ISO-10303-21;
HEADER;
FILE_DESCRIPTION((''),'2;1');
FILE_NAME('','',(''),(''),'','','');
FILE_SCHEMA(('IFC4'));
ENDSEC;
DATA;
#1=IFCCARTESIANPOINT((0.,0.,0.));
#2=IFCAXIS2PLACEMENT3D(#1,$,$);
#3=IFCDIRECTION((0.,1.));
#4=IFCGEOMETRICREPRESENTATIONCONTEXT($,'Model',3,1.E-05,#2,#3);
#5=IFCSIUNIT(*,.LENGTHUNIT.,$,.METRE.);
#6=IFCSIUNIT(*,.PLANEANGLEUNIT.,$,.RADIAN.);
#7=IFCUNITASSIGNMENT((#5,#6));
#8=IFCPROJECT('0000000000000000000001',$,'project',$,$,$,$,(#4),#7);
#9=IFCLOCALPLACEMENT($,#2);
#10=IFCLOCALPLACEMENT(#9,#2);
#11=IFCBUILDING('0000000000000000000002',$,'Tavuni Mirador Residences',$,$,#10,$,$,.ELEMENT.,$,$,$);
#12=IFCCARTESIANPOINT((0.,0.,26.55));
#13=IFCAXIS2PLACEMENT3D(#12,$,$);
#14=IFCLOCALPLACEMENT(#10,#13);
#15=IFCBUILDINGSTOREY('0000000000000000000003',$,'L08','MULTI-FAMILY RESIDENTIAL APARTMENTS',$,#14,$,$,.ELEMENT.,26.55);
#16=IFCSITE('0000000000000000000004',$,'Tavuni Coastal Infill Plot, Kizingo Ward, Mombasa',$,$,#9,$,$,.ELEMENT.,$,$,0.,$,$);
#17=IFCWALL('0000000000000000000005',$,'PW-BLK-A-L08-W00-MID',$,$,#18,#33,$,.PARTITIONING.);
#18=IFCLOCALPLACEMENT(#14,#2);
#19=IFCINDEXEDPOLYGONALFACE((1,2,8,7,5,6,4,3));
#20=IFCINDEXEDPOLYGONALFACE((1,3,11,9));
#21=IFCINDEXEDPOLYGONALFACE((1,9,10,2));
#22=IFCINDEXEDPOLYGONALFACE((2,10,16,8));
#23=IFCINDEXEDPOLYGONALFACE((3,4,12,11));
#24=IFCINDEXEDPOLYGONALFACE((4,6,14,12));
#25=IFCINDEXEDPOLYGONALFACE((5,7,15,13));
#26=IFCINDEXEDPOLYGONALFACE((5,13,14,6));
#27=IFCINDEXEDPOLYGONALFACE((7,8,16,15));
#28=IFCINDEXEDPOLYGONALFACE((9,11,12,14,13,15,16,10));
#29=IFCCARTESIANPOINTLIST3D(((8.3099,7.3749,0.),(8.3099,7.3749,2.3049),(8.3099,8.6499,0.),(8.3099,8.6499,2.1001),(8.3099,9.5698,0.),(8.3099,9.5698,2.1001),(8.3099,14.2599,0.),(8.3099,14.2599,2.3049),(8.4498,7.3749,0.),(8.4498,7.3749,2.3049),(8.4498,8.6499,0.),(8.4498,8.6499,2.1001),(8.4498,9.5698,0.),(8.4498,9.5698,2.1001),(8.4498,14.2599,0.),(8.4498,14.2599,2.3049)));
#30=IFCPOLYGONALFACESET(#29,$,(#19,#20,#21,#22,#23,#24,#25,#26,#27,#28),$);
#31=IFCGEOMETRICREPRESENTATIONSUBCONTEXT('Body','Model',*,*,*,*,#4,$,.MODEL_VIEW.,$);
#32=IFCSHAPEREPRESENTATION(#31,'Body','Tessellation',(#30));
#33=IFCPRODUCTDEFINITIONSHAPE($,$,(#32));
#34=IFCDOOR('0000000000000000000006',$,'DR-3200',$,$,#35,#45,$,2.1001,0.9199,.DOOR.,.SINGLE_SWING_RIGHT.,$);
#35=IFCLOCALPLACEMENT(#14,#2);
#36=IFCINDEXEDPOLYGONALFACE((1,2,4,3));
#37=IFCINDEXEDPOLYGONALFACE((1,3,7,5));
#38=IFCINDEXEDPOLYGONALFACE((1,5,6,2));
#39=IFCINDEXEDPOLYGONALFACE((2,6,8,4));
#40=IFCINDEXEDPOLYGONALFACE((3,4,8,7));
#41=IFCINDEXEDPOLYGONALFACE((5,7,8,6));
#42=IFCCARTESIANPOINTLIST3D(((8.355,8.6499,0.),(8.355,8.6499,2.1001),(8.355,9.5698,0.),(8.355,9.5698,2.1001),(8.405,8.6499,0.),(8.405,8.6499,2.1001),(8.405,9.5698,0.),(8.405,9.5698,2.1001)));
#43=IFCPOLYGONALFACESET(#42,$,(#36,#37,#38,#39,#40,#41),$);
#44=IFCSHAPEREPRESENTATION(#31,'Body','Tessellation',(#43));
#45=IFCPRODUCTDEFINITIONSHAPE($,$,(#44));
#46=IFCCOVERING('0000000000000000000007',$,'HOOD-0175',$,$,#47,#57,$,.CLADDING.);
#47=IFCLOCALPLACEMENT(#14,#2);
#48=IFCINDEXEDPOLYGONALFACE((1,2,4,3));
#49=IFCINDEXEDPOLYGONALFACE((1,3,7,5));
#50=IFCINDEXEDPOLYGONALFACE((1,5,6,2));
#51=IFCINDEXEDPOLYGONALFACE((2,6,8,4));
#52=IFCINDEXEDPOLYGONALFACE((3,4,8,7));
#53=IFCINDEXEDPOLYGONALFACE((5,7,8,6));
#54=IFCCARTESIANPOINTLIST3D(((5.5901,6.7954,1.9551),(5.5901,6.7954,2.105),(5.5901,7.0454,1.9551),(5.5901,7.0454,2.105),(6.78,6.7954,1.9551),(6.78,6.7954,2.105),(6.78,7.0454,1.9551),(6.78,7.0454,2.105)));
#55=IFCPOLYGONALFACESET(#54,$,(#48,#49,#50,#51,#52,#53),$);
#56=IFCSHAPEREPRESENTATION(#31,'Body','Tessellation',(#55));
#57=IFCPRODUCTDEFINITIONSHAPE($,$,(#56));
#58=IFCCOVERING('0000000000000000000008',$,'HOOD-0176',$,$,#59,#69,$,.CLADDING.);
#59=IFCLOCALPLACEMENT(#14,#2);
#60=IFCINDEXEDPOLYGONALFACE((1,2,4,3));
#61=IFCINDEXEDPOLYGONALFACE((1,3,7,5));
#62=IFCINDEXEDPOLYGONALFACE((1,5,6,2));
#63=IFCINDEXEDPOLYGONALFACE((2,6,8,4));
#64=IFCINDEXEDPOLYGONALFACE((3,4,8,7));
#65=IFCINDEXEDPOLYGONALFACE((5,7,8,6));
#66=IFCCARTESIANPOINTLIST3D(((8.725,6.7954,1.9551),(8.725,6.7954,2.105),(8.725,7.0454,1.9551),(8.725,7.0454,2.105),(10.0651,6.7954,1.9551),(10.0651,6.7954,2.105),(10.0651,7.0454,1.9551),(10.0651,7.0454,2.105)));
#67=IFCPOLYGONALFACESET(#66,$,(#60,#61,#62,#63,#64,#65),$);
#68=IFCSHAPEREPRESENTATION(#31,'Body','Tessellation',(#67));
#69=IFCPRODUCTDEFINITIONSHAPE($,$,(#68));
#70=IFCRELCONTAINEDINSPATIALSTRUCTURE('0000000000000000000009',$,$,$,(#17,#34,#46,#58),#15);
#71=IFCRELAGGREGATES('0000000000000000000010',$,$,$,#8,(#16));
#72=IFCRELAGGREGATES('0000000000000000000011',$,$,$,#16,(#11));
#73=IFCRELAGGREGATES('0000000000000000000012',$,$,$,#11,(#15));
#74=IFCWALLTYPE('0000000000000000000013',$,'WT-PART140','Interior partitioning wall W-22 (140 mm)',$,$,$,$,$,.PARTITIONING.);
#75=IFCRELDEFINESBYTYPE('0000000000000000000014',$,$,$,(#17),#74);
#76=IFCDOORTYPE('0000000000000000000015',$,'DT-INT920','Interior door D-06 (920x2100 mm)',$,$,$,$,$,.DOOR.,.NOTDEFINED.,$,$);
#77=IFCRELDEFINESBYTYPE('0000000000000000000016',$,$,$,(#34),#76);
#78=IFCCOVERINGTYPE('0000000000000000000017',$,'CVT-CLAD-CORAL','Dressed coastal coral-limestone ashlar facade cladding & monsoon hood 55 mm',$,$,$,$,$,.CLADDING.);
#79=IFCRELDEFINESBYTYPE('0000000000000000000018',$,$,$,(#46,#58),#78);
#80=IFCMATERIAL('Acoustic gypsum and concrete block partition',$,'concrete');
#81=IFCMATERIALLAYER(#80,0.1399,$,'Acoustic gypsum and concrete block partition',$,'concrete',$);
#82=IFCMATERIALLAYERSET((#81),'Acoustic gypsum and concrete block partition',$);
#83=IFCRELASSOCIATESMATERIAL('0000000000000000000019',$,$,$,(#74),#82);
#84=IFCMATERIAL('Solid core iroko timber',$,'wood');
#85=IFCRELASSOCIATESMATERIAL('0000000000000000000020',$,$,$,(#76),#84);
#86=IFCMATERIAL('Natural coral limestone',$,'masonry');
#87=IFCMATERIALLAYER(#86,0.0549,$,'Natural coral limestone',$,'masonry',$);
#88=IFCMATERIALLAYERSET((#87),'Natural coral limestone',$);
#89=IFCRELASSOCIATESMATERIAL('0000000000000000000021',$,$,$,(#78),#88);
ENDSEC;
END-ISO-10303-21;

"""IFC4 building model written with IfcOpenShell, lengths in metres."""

from ifc_helpers import new_model, si_unit, direction, frame, frame_2d, origin, origin_2d, place, context, subcontext, project, spatial, rectangle, extrude, material, layer, layer_set, type_object, element, fill, save


model = new_model("IFC4")

# Units and contexts
model_context = context("Model", 3, precision=1e-05, world=origin(), true_north=direction((0.0, 1.0)))
body_context = subcontext(model_context, "Body", "Model", "MODEL_VIEW")
ifc_project = project(units=[si_unit("LENGTHUNIT", "METRE"), si_unit("PLANEANGLEUNIT", "RADIAN")], contexts=[model_context])

# Site, building, storey
site_placement = place(None, origin())
site = spatial("IfcSite", under=ifc_project, at=site_placement, Name="Tavuni Coastal Infill Plot, Kizingo Ward, Mombasa", CompositionType="ELEMENT", RefElevation=0.0)
building_placement = place(site_placement, origin())
building = spatial("IfcBuilding", under=site, at=building_placement, Name="Tavuni Mirador Residences", CompositionType="ELEMENT")
storey_placement = place(building_placement, frame((0.0, 0.0, 26.55)))
storey = spatial("IfcBuildingStorey", under=building, at=storey_placement, Name="L08", Description="MULTI-FAMILY RESIDENTIAL APARTMENTS", CompositionType="ELEMENT", Elevation=26.55)

# Shared definitions
ifc_material_1 = material(Name="Acoustic gypsum and concrete block partition", Category="concrete")
ifc_material_2 = material(Name="Solid core iroko timber", Category="wood")

# Wall, opening, door
ifc_layer_1 = layer(ifc_material_1, 0.1399, Name="Acoustic gypsum and concrete block partition", Category="concrete")
ifc_layer_set_1 = layer_set([ifc_layer_1], Name="Acoustic gypsum and concrete block partition")
wall_type_1 = type_object("IfcWallType", Name="WT-PART140", Description="Interior partitioning wall W-22 (140 mm)", PredefinedType="PARTITIONING", material=ifc_layer_set_1)
wall_1_placement = place(storey_placement, frame((8.3799, 7.375, 0.0), z_axis=(0.0, 0.0, 1.0), x_axis=(0.0, 1.0, 0.0)))
wall_1 = element("IfcWall", 1, at=wall_1_placement, inside=storey, type_object=wall_type_1, Name="PW-BLK-A-L08-W00-MID", PredefinedType="PARTITIONING", context=body_context, shape_type="SweptSolid", body=[
    extrude(rectangle(XDim=6.885, YDim=0.1399, at=frame_2d((3.4424, 0.0))), origin(), (0.0, 0.0, 1.0), 2.3049),
])
opening_1_placement = place(wall_1_placement, frame((1.2749, 0.0, 0.0)))
opening_1 = element("IfcOpeningElement", 2, at=opening_1_placement, cuts=wall_1, PredefinedType="OPENING", context=body_context, shape_type="SweptSolid", body=[
    extrude(rectangle(XDim=0.9199, YDim=2.1001, at=frame_2d((0.46, 1.05))), frame((0.0, 0.0801, 0.0), z_axis=(0.0, -1.0, 0.0), x_axis=(1.0, 0.0, 0.0)), (0.0, 0.0, 1.0), 0.1599),
])
door_type_1 = type_object("IfcDoorType", Name="DT-INT920", Description="Interior door D-06 (920x2100 mm)", OperationType="NOTDEFINED", PredefinedType="DOOR", material=ifc_material_2)
door_1_placement = place(opening_1_placement, origin())
door_1 = element("IfcDoor", 3, at=door_1_placement, inside=storey, type_object=door_type_1, Name="DR-3200", OperationType="SINGLE_SWING_RIGHT", OverallHeight=2.1001, OverallWidth=0.9199, PredefinedType="DOOR", context=body_context, shape_type="SweptSolid", body=[
    extrude(rectangle(XDim=0.9199, YDim=2.1001, at=frame_2d((0.46, 1.05))), frame((0.0, 0.0249, 0.0), z_axis=(0.0, -1.0, 0.0), x_axis=(1.0, 0.0, 0.0)), (0.0, 0.0, 1.0), 0.05),
])
fill(opening_1, door_1)

# Coverings
ifc_material_3 = material(Name="Natural coral limestone", Category="masonry")
ifc_layer_2 = layer(ifc_material_3, 0.0549, Name="Natural coral limestone", Category="masonry")
ifc_layer_set_2 = layer_set([ifc_layer_2], Name="Natural coral limestone")
covering_type = type_object("IfcCoveringType", Name="CVT-CLAD-CORAL", Description="Dressed coastal coral-limestone ashlar facade cladding & monsoon hood 55 mm", PredefinedType="CLADDING", material=ifc_layer_set_2)
covering_1_placement = place(storey_placement, frame((6.1851, 6.9204, 1.9551), z_axis=(0.0, 0.0, 1.0), x_axis=(1.0, 0.0, 0.0)))
element("IfcCovering", 4, at=covering_1_placement, inside=storey, type_object=covering_type, Name="HOOD-0175", PredefinedType="CLADDING", context=body_context, shape_type="SweptSolid", body=[
    extrude(rectangle(XDim=1.1899, YDim=0.25, at=origin_2d()), origin(), (0.0, 0.0, 1.0), 0.1499),
])
covering_2_placement = place(storey_placement, frame((9.395, 6.9204, 1.9551), z_axis=(0.0, 0.0, 1.0), x_axis=(1.0, 0.0, 0.0)))
element("IfcCovering", 5, at=covering_2_placement, inside=storey, type_object=covering_type, Name="HOOD-0176", PredefinedType="CLADDING", context=body_context, shape_type="SweptSolid", body=[
    extrude(rectangle(XDim=1.3401, YDim=0.25, at=origin_2d()), origin(), (0.0, 0.0, 1.0), 0.1499),
])

save(model, "model.ifc")
